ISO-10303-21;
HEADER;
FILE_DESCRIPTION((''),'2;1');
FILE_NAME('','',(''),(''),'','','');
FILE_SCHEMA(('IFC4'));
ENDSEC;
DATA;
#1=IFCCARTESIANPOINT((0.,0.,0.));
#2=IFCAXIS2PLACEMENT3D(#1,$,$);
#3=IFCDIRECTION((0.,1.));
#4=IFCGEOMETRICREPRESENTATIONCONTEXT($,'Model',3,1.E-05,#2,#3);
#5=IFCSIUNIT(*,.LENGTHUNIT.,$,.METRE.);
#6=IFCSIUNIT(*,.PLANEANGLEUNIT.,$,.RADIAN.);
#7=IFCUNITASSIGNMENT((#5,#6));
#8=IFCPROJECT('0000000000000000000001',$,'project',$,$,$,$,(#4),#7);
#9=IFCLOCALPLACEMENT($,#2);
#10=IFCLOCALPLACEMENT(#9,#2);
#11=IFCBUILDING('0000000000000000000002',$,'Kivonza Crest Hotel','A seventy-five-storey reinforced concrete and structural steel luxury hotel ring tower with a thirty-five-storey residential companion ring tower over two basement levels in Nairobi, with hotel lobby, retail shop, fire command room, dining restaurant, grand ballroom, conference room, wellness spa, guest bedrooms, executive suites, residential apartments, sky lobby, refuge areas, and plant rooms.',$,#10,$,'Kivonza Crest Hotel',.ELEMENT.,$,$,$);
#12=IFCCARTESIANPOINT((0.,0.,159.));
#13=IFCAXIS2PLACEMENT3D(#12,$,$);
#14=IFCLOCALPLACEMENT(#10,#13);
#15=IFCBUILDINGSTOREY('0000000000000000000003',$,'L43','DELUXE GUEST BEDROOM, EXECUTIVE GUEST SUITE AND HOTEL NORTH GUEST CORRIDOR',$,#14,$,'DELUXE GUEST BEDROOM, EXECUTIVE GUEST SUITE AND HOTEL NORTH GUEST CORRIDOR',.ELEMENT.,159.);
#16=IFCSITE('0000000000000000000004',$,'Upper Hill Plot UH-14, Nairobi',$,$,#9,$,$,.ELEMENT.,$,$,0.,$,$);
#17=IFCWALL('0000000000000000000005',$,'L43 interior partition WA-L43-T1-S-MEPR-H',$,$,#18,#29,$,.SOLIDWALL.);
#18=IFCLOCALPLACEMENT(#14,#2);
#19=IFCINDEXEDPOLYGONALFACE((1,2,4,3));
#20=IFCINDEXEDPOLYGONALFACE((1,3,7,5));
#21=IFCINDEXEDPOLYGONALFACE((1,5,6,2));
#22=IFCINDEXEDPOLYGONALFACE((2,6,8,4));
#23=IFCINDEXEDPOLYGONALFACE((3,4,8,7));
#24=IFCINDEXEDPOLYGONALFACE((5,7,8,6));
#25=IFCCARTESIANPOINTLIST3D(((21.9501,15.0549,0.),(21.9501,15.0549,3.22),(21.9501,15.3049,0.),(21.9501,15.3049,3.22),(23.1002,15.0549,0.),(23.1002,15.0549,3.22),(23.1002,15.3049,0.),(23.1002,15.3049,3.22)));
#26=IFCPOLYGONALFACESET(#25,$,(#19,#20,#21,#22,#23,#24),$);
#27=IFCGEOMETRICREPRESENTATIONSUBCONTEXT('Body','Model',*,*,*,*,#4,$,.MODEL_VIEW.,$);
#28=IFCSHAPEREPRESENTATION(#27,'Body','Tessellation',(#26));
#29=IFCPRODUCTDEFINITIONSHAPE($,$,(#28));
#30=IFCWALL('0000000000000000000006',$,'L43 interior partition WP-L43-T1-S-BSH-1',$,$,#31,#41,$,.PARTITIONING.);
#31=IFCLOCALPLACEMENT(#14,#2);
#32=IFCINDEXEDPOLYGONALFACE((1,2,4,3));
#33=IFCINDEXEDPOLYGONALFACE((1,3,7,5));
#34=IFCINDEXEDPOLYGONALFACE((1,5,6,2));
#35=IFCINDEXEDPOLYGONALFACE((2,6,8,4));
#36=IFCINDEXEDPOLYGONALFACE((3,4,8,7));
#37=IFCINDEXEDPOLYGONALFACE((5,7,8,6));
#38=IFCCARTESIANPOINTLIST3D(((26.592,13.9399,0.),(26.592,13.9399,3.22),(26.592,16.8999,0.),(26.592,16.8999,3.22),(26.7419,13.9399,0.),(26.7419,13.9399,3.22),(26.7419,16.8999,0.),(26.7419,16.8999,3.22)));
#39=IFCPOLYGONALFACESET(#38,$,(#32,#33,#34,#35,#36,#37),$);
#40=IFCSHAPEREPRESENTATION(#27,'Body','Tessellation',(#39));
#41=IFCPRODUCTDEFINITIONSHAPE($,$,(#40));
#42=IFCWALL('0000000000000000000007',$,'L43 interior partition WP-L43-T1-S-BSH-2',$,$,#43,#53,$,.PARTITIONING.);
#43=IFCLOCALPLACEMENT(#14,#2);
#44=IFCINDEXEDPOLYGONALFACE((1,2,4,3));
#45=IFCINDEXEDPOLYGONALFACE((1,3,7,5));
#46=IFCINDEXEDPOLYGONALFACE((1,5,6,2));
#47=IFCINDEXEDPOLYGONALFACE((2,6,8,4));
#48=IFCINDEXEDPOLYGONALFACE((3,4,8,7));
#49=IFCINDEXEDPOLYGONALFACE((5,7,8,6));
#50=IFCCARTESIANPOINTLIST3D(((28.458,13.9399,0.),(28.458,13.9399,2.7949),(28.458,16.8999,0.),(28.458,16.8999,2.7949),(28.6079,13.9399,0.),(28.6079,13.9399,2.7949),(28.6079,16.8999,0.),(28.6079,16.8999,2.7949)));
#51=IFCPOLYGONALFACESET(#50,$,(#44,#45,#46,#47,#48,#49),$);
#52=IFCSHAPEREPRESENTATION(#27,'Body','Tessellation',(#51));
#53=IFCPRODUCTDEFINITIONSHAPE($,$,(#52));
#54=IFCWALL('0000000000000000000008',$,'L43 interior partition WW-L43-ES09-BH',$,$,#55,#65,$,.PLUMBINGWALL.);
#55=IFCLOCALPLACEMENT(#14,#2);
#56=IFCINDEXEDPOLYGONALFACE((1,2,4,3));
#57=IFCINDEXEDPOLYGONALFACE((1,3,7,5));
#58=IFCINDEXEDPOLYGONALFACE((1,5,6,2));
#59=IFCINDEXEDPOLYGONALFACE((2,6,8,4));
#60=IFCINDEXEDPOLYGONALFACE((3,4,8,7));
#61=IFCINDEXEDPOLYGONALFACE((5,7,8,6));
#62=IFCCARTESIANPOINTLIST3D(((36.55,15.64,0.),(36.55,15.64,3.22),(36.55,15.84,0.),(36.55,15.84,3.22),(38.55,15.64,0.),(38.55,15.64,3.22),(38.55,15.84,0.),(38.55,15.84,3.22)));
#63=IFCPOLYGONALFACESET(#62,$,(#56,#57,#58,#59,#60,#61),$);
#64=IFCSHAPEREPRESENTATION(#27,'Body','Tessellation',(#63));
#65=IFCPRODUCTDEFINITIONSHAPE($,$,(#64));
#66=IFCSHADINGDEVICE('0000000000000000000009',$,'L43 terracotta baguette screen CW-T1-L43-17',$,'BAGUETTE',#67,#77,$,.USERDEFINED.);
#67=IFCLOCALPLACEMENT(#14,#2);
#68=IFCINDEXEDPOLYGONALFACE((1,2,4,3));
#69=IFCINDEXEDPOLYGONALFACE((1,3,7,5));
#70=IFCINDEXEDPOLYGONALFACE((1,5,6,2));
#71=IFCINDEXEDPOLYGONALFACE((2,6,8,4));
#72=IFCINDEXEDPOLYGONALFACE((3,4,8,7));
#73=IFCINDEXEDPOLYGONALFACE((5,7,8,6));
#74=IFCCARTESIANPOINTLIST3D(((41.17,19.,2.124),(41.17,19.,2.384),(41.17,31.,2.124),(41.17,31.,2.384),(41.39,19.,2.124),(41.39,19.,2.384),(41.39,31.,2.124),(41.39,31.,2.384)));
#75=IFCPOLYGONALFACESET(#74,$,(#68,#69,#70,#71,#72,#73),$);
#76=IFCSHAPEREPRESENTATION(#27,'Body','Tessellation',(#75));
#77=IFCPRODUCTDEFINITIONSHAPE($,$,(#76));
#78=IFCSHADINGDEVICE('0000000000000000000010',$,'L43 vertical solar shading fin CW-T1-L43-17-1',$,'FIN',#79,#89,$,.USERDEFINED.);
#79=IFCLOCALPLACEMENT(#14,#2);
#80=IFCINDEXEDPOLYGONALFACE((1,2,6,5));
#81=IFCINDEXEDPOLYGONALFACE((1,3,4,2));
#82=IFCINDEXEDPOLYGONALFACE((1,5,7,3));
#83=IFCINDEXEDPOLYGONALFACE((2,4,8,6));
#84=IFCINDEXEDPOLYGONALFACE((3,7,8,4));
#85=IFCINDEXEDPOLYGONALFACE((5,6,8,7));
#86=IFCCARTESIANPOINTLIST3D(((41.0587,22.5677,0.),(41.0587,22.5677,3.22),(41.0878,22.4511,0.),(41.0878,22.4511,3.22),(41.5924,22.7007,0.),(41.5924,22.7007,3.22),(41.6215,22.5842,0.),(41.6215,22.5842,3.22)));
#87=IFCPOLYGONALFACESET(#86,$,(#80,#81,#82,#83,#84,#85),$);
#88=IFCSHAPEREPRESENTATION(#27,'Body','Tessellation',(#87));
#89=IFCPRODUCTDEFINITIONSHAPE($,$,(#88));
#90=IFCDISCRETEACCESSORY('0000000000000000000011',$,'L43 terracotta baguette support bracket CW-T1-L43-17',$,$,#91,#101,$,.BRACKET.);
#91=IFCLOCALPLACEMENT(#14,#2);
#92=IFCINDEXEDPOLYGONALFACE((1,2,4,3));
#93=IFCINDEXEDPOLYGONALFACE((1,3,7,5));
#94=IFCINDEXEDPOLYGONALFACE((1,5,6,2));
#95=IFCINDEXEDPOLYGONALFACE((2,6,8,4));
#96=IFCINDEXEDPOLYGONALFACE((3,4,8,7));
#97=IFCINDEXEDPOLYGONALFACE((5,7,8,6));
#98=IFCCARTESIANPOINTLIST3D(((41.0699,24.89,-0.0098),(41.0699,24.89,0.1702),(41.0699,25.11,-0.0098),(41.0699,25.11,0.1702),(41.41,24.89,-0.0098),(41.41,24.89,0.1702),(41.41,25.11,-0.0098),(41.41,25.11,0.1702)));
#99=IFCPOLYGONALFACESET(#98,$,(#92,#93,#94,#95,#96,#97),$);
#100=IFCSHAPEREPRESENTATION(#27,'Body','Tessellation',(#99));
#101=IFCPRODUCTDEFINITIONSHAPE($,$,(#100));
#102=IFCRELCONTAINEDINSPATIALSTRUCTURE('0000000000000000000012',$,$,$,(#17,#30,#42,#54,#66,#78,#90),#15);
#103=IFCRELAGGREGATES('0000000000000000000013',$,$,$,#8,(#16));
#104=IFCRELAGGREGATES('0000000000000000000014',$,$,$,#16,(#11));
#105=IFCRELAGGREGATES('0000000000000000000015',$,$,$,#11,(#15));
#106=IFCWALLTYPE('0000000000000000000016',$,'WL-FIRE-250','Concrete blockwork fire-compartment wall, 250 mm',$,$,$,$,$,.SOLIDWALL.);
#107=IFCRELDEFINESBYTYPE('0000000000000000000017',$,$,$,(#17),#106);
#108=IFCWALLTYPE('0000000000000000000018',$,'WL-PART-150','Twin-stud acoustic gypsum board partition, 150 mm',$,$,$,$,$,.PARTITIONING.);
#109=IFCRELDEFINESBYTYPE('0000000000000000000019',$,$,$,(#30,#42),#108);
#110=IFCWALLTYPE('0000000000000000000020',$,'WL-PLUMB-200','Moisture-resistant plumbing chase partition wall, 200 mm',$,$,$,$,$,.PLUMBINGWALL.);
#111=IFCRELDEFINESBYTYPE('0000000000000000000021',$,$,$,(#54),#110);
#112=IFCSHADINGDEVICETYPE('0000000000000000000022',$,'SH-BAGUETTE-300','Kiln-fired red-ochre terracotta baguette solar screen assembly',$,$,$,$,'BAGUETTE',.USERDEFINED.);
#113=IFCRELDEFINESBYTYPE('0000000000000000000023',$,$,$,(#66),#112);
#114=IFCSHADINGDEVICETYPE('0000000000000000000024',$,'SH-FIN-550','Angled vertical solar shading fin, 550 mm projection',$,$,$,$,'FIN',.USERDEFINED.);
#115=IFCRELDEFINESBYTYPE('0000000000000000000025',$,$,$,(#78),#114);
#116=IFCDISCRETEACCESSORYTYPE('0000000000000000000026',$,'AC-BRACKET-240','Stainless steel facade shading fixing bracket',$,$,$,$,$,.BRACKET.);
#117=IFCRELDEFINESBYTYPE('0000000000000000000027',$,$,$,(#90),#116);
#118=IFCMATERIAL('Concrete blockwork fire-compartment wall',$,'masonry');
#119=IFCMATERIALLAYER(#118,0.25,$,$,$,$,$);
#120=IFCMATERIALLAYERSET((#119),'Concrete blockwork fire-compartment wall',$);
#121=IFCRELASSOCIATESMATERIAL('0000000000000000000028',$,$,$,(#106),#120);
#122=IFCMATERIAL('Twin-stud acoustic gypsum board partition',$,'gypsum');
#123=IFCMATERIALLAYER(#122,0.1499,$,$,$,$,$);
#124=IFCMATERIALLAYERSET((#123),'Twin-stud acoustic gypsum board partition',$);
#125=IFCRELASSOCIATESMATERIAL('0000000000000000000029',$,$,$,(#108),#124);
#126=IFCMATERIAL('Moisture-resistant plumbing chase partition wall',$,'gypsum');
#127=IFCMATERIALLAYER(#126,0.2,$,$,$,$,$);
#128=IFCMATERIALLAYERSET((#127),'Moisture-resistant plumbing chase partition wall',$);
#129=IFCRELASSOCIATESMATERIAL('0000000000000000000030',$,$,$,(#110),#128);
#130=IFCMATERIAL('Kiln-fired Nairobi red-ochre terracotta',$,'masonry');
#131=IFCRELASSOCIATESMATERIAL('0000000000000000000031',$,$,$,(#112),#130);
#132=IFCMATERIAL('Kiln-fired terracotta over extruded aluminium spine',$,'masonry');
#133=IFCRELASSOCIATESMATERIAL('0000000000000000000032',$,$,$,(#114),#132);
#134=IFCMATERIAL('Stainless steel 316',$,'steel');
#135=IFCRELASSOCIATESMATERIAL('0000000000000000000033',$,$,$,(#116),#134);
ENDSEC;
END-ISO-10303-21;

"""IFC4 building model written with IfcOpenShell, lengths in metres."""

from ifc_helpers import new_model, si_unit, direction, frame, frame_2d, origin, origin_2d, place, context, subcontext, project, spatial, rectangle, extrude, material, layer, layer_set, type_object, element, save


model = new_model("IFC4")

# Units and contexts
model_context = context("Model", 3, precision=1e-05, world=origin(), true_north=direction((0.0, 1.0)))
body_context = subcontext(model_context, "Body", "Model", "MODEL_VIEW")
ifc_project = project(units=[si_unit("LENGTHUNIT", "METRE"), si_unit("PLANEANGLEUNIT", "RADIAN")], contexts=[model_context])

# Site, building, storey
site_placement = place(None, origin())
site = spatial("IfcSite", under=ifc_project, at=site_placement, Name="Upper Hill Plot UH-14, Nairobi", CompositionType="ELEMENT", RefElevation=0.0)
building_placement = place(site_placement, origin())
building = spatial("IfcBuilding", under=site, at=building_placement, Name="Kivonza Crest Hotel", Description="A seventy-five-storey reinforced concrete and structural steel luxury hotel ring tower with a thirty-five-storey residential companion ring tower over two basement levels in Nairobi, with hotel lobby, retail shop, fire command room, dining restaurant, grand ballroom, conference room, wellness spa, guest bedrooms, executive suites, residential apartments, sky lobby, refuge areas, and plant rooms.", LongName="Kivonza Crest Hotel", CompositionType="ELEMENT")
storey_placement = place(building_placement, frame((0.0, 0.0, 159.0)))
storey = spatial("IfcBuildingStorey", under=building, at=storey_placement, Name="L43", Description="DELUXE GUEST BEDROOM, EXECUTIVE GUEST SUITE AND HOTEL NORTH GUEST CORRIDOR", LongName="DELUXE GUEST BEDROOM, EXECUTIVE GUEST SUITE AND HOTEL NORTH GUEST CORRIDOR", CompositionType="ELEMENT", Elevation=159.0)

# Walls
ifc_material_1 = material(Name="Concrete blockwork fire-compartment wall", Category="masonry")
ifc_layer_1 = layer(ifc_material_1, 0.25)
ifc_layer_set_1 = layer_set([ifc_layer_1], Name="Concrete blockwork fire-compartment wall")
wall_type_1 = type_object("IfcWallType", Name="WL-FIRE-250", Description="Concrete blockwork fire-compartment wall, 250 mm", PredefinedType="SOLIDWALL", material=ifc_layer_set_1)
wall_1_placement = place(storey_placement, frame((21.95, 15.1799, 0.0), z_axis=(0.0, 0.0, 1.0), x_axis=(1.0, 0.0, 0.0)))
element("IfcWall", 1, at=wall_1_placement, inside=storey, type_object=wall_type_1, Name="L43 interior partition WA-L43-T1-S-MEPR-H", PredefinedType="SOLIDWALL", context=body_context, shape_type="SweptSolid", body=[
    extrude(rectangle(XDim=1.1501, YDim=0.25, at=frame_2d((0.5752, 0.0))), origin(), (0.0, 0.0, 1.0), 3.22),
])
ifc_material_2 = material(Name="Twin-stud acoustic gypsum board partition", Category="gypsum")
ifc_layer_2 = layer(ifc_material_2, 0.1499)
ifc_layer_set_2 = layer_set([ifc_layer_2], Name="Twin-stud acoustic gypsum board partition")
wall_type_2 = type_object("IfcWallType", Name="WL-PART-150", Description="Twin-stud acoustic gypsum board partition, 150 mm", PredefinedType="PARTITIONING", material=ifc_layer_set_2)
wall_2_placement = place(storey_placement, frame((26.667, 13.9399, 0.0), z_axis=(0.0, 0.0, 1.0), x_axis=(0.0, 1.0, 0.0)))
element("IfcWall", 2, at=wall_2_placement, inside=storey, type_object=wall_type_2, Name="L43 interior partition WP-L43-T1-S-BSH-1", PredefinedType="PARTITIONING", context=body_context, shape_type="SweptSolid", body=[
    extrude(rectangle(XDim=2.96, YDim=0.1499, at=frame_2d((1.48, 0.0))), origin(), (0.0, 0.0, 1.0), 3.22),
])
wall_3_placement = place(storey_placement, frame((28.533, 13.9399, 0.0), z_axis=(0.0, 0.0, 1.0), x_axis=(0.0, 1.0, 0.0)))
element("IfcWall", 3, at=wall_3_placement, inside=storey, type_object=wall_type_2, Name="L43 interior partition WP-L43-T1-S-BSH-2", PredefinedType="PARTITIONING", context=body_context, shape_type="SweptSolid", body=[
    extrude(rectangle(XDim=2.96, YDim=0.1499, at=frame_2d((1.48, 0.0))), origin(), (0.0, 0.0, 1.0), 2.7949),
])
ifc_material_3 = material(Name="Moisture-resistant plumbing chase partition wall", Category="gypsum")
ifc_layer_3 = layer(ifc_material_3, 0.2)
ifc_layer_set_3 = layer_set([ifc_layer_3], Name="Moisture-resistant plumbing chase partition wall")
wall_type_3 = type_object("IfcWallType", Name="WL-PLUMB-200", Description="Moisture-resistant plumbing chase partition wall, 200 mm", PredefinedType="PLUMBINGWALL", material=ifc_layer_set_3)
wall_4_placement = place(storey_placement, frame((36.55, 15.74, 0.0), z_axis=(0.0, 0.0, 1.0), x_axis=(1.0, 0.0, 0.0)))
element("IfcWall", 4, at=wall_4_placement, inside=storey, type_object=wall_type_3, Name="L43 interior partition WW-L43-ES09-BH", PredefinedType="PLUMBINGWALL", context=body_context, shape_type="SweptSolid", body=[
    extrude(rectangle(XDim=2.0, YDim=0.2, at=frame_2d((1.0, 0.0))), origin(), (0.0, 0.0, 1.0), 3.22),
])

# Shading devices
ifc_material_4 = material(Name="Kiln-fired Nairobi red-ochre terracotta", Category="masonry")
shading_device_type_1 = type_object("IfcShadingDeviceType", Name="SH-BAGUETTE-300", Description="Kiln-fired red-ochre terracotta baguette solar screen assembly", ElementType="BAGUETTE", PredefinedType="USERDEFINED", material=ifc_material_4)
shading_device_1_placement = place(storey_placement, frame((41.28, 25.0, 2.124), z_axis=(0.0, 0.0, 1.0), x_axis=(0.0, 1.0, 0.0)))
element("IfcShadingDevice", 5, at=shading_device_1_placement, inside=storey, type_object=shading_device_type_1, Name="L43 terracotta baguette screen CW-T1-L43-17", ObjectType="BAGUETTE", PredefinedType="USERDEFINED", context=body_context, shape_type="SweptSolid", body=[
    extrude(rectangle(XDim=12.0, YDim=0.22, at=origin_2d()), origin(), (0.0, 0.0, 1.0), 0.26),
])
ifc_material_5 = material(Name="Kiln-fired terracotta over extruded aluminium spine", Category="masonry")
shading_device_type_2 = type_object("IfcShadingDeviceType", Name="SH-FIN-550", Description="Angled vertical solar shading fin, 550 mm projection", ElementType="FIN", PredefinedType="USERDEFINED", material=ifc_material_5)
shading_device_2_placement = place(storey_placement, frame((41.3401, 22.5759, 0.0), z_axis=(0.0, 0.0, 1.0), x_axis=(-0.241922, 0.970296, 0.0)))
element("IfcShadingDevice", 6, at=shading_device_2_placement, inside=storey, type_object=shading_device_type_2, Name="L43 vertical solar shading fin CW-T1-L43-17-1", ObjectType="FIN", PredefinedType="USERDEFINED", context=body_context, shape_type="SweptSolid", body=[
    extrude(rectangle(XDim=0.1201, YDim=0.55, at=origin_2d()), origin(), (0.0, 0.0, 1.0), 3.22),
])

# Discrete accessory
ifc_material_6 = material(Name="Stainless steel 316", Category="steel")
discrete_accessory_type = type_object("IfcDiscreteAccessoryType", Name="AC-BRACKET-240", Description="Stainless steel facade shading fixing bracket", PredefinedType="BRACKET", material=ifc_material_6)
discrete_accessory_placement = place(storey_placement, frame((41.24, 25.0, -0.0098), z_axis=(0.0, 0.0, 1.0), x_axis=(0.0, 1.0, 0.0)))
element("IfcDiscreteAccessory", 7, at=discrete_accessory_placement, inside=storey, type_object=discrete_accessory_type, Name="L43 terracotta baguette support bracket CW-T1-L43-17", PredefinedType="BRACKET", context=body_context, shape_type="SweptSolid", body=[
    extrude(rectangle(XDim=0.22, YDim=0.3401, at=origin_2d()), origin(), (0.0, 0.0, 1.0), 0.1799),
])

save(model, "model.ifc")
